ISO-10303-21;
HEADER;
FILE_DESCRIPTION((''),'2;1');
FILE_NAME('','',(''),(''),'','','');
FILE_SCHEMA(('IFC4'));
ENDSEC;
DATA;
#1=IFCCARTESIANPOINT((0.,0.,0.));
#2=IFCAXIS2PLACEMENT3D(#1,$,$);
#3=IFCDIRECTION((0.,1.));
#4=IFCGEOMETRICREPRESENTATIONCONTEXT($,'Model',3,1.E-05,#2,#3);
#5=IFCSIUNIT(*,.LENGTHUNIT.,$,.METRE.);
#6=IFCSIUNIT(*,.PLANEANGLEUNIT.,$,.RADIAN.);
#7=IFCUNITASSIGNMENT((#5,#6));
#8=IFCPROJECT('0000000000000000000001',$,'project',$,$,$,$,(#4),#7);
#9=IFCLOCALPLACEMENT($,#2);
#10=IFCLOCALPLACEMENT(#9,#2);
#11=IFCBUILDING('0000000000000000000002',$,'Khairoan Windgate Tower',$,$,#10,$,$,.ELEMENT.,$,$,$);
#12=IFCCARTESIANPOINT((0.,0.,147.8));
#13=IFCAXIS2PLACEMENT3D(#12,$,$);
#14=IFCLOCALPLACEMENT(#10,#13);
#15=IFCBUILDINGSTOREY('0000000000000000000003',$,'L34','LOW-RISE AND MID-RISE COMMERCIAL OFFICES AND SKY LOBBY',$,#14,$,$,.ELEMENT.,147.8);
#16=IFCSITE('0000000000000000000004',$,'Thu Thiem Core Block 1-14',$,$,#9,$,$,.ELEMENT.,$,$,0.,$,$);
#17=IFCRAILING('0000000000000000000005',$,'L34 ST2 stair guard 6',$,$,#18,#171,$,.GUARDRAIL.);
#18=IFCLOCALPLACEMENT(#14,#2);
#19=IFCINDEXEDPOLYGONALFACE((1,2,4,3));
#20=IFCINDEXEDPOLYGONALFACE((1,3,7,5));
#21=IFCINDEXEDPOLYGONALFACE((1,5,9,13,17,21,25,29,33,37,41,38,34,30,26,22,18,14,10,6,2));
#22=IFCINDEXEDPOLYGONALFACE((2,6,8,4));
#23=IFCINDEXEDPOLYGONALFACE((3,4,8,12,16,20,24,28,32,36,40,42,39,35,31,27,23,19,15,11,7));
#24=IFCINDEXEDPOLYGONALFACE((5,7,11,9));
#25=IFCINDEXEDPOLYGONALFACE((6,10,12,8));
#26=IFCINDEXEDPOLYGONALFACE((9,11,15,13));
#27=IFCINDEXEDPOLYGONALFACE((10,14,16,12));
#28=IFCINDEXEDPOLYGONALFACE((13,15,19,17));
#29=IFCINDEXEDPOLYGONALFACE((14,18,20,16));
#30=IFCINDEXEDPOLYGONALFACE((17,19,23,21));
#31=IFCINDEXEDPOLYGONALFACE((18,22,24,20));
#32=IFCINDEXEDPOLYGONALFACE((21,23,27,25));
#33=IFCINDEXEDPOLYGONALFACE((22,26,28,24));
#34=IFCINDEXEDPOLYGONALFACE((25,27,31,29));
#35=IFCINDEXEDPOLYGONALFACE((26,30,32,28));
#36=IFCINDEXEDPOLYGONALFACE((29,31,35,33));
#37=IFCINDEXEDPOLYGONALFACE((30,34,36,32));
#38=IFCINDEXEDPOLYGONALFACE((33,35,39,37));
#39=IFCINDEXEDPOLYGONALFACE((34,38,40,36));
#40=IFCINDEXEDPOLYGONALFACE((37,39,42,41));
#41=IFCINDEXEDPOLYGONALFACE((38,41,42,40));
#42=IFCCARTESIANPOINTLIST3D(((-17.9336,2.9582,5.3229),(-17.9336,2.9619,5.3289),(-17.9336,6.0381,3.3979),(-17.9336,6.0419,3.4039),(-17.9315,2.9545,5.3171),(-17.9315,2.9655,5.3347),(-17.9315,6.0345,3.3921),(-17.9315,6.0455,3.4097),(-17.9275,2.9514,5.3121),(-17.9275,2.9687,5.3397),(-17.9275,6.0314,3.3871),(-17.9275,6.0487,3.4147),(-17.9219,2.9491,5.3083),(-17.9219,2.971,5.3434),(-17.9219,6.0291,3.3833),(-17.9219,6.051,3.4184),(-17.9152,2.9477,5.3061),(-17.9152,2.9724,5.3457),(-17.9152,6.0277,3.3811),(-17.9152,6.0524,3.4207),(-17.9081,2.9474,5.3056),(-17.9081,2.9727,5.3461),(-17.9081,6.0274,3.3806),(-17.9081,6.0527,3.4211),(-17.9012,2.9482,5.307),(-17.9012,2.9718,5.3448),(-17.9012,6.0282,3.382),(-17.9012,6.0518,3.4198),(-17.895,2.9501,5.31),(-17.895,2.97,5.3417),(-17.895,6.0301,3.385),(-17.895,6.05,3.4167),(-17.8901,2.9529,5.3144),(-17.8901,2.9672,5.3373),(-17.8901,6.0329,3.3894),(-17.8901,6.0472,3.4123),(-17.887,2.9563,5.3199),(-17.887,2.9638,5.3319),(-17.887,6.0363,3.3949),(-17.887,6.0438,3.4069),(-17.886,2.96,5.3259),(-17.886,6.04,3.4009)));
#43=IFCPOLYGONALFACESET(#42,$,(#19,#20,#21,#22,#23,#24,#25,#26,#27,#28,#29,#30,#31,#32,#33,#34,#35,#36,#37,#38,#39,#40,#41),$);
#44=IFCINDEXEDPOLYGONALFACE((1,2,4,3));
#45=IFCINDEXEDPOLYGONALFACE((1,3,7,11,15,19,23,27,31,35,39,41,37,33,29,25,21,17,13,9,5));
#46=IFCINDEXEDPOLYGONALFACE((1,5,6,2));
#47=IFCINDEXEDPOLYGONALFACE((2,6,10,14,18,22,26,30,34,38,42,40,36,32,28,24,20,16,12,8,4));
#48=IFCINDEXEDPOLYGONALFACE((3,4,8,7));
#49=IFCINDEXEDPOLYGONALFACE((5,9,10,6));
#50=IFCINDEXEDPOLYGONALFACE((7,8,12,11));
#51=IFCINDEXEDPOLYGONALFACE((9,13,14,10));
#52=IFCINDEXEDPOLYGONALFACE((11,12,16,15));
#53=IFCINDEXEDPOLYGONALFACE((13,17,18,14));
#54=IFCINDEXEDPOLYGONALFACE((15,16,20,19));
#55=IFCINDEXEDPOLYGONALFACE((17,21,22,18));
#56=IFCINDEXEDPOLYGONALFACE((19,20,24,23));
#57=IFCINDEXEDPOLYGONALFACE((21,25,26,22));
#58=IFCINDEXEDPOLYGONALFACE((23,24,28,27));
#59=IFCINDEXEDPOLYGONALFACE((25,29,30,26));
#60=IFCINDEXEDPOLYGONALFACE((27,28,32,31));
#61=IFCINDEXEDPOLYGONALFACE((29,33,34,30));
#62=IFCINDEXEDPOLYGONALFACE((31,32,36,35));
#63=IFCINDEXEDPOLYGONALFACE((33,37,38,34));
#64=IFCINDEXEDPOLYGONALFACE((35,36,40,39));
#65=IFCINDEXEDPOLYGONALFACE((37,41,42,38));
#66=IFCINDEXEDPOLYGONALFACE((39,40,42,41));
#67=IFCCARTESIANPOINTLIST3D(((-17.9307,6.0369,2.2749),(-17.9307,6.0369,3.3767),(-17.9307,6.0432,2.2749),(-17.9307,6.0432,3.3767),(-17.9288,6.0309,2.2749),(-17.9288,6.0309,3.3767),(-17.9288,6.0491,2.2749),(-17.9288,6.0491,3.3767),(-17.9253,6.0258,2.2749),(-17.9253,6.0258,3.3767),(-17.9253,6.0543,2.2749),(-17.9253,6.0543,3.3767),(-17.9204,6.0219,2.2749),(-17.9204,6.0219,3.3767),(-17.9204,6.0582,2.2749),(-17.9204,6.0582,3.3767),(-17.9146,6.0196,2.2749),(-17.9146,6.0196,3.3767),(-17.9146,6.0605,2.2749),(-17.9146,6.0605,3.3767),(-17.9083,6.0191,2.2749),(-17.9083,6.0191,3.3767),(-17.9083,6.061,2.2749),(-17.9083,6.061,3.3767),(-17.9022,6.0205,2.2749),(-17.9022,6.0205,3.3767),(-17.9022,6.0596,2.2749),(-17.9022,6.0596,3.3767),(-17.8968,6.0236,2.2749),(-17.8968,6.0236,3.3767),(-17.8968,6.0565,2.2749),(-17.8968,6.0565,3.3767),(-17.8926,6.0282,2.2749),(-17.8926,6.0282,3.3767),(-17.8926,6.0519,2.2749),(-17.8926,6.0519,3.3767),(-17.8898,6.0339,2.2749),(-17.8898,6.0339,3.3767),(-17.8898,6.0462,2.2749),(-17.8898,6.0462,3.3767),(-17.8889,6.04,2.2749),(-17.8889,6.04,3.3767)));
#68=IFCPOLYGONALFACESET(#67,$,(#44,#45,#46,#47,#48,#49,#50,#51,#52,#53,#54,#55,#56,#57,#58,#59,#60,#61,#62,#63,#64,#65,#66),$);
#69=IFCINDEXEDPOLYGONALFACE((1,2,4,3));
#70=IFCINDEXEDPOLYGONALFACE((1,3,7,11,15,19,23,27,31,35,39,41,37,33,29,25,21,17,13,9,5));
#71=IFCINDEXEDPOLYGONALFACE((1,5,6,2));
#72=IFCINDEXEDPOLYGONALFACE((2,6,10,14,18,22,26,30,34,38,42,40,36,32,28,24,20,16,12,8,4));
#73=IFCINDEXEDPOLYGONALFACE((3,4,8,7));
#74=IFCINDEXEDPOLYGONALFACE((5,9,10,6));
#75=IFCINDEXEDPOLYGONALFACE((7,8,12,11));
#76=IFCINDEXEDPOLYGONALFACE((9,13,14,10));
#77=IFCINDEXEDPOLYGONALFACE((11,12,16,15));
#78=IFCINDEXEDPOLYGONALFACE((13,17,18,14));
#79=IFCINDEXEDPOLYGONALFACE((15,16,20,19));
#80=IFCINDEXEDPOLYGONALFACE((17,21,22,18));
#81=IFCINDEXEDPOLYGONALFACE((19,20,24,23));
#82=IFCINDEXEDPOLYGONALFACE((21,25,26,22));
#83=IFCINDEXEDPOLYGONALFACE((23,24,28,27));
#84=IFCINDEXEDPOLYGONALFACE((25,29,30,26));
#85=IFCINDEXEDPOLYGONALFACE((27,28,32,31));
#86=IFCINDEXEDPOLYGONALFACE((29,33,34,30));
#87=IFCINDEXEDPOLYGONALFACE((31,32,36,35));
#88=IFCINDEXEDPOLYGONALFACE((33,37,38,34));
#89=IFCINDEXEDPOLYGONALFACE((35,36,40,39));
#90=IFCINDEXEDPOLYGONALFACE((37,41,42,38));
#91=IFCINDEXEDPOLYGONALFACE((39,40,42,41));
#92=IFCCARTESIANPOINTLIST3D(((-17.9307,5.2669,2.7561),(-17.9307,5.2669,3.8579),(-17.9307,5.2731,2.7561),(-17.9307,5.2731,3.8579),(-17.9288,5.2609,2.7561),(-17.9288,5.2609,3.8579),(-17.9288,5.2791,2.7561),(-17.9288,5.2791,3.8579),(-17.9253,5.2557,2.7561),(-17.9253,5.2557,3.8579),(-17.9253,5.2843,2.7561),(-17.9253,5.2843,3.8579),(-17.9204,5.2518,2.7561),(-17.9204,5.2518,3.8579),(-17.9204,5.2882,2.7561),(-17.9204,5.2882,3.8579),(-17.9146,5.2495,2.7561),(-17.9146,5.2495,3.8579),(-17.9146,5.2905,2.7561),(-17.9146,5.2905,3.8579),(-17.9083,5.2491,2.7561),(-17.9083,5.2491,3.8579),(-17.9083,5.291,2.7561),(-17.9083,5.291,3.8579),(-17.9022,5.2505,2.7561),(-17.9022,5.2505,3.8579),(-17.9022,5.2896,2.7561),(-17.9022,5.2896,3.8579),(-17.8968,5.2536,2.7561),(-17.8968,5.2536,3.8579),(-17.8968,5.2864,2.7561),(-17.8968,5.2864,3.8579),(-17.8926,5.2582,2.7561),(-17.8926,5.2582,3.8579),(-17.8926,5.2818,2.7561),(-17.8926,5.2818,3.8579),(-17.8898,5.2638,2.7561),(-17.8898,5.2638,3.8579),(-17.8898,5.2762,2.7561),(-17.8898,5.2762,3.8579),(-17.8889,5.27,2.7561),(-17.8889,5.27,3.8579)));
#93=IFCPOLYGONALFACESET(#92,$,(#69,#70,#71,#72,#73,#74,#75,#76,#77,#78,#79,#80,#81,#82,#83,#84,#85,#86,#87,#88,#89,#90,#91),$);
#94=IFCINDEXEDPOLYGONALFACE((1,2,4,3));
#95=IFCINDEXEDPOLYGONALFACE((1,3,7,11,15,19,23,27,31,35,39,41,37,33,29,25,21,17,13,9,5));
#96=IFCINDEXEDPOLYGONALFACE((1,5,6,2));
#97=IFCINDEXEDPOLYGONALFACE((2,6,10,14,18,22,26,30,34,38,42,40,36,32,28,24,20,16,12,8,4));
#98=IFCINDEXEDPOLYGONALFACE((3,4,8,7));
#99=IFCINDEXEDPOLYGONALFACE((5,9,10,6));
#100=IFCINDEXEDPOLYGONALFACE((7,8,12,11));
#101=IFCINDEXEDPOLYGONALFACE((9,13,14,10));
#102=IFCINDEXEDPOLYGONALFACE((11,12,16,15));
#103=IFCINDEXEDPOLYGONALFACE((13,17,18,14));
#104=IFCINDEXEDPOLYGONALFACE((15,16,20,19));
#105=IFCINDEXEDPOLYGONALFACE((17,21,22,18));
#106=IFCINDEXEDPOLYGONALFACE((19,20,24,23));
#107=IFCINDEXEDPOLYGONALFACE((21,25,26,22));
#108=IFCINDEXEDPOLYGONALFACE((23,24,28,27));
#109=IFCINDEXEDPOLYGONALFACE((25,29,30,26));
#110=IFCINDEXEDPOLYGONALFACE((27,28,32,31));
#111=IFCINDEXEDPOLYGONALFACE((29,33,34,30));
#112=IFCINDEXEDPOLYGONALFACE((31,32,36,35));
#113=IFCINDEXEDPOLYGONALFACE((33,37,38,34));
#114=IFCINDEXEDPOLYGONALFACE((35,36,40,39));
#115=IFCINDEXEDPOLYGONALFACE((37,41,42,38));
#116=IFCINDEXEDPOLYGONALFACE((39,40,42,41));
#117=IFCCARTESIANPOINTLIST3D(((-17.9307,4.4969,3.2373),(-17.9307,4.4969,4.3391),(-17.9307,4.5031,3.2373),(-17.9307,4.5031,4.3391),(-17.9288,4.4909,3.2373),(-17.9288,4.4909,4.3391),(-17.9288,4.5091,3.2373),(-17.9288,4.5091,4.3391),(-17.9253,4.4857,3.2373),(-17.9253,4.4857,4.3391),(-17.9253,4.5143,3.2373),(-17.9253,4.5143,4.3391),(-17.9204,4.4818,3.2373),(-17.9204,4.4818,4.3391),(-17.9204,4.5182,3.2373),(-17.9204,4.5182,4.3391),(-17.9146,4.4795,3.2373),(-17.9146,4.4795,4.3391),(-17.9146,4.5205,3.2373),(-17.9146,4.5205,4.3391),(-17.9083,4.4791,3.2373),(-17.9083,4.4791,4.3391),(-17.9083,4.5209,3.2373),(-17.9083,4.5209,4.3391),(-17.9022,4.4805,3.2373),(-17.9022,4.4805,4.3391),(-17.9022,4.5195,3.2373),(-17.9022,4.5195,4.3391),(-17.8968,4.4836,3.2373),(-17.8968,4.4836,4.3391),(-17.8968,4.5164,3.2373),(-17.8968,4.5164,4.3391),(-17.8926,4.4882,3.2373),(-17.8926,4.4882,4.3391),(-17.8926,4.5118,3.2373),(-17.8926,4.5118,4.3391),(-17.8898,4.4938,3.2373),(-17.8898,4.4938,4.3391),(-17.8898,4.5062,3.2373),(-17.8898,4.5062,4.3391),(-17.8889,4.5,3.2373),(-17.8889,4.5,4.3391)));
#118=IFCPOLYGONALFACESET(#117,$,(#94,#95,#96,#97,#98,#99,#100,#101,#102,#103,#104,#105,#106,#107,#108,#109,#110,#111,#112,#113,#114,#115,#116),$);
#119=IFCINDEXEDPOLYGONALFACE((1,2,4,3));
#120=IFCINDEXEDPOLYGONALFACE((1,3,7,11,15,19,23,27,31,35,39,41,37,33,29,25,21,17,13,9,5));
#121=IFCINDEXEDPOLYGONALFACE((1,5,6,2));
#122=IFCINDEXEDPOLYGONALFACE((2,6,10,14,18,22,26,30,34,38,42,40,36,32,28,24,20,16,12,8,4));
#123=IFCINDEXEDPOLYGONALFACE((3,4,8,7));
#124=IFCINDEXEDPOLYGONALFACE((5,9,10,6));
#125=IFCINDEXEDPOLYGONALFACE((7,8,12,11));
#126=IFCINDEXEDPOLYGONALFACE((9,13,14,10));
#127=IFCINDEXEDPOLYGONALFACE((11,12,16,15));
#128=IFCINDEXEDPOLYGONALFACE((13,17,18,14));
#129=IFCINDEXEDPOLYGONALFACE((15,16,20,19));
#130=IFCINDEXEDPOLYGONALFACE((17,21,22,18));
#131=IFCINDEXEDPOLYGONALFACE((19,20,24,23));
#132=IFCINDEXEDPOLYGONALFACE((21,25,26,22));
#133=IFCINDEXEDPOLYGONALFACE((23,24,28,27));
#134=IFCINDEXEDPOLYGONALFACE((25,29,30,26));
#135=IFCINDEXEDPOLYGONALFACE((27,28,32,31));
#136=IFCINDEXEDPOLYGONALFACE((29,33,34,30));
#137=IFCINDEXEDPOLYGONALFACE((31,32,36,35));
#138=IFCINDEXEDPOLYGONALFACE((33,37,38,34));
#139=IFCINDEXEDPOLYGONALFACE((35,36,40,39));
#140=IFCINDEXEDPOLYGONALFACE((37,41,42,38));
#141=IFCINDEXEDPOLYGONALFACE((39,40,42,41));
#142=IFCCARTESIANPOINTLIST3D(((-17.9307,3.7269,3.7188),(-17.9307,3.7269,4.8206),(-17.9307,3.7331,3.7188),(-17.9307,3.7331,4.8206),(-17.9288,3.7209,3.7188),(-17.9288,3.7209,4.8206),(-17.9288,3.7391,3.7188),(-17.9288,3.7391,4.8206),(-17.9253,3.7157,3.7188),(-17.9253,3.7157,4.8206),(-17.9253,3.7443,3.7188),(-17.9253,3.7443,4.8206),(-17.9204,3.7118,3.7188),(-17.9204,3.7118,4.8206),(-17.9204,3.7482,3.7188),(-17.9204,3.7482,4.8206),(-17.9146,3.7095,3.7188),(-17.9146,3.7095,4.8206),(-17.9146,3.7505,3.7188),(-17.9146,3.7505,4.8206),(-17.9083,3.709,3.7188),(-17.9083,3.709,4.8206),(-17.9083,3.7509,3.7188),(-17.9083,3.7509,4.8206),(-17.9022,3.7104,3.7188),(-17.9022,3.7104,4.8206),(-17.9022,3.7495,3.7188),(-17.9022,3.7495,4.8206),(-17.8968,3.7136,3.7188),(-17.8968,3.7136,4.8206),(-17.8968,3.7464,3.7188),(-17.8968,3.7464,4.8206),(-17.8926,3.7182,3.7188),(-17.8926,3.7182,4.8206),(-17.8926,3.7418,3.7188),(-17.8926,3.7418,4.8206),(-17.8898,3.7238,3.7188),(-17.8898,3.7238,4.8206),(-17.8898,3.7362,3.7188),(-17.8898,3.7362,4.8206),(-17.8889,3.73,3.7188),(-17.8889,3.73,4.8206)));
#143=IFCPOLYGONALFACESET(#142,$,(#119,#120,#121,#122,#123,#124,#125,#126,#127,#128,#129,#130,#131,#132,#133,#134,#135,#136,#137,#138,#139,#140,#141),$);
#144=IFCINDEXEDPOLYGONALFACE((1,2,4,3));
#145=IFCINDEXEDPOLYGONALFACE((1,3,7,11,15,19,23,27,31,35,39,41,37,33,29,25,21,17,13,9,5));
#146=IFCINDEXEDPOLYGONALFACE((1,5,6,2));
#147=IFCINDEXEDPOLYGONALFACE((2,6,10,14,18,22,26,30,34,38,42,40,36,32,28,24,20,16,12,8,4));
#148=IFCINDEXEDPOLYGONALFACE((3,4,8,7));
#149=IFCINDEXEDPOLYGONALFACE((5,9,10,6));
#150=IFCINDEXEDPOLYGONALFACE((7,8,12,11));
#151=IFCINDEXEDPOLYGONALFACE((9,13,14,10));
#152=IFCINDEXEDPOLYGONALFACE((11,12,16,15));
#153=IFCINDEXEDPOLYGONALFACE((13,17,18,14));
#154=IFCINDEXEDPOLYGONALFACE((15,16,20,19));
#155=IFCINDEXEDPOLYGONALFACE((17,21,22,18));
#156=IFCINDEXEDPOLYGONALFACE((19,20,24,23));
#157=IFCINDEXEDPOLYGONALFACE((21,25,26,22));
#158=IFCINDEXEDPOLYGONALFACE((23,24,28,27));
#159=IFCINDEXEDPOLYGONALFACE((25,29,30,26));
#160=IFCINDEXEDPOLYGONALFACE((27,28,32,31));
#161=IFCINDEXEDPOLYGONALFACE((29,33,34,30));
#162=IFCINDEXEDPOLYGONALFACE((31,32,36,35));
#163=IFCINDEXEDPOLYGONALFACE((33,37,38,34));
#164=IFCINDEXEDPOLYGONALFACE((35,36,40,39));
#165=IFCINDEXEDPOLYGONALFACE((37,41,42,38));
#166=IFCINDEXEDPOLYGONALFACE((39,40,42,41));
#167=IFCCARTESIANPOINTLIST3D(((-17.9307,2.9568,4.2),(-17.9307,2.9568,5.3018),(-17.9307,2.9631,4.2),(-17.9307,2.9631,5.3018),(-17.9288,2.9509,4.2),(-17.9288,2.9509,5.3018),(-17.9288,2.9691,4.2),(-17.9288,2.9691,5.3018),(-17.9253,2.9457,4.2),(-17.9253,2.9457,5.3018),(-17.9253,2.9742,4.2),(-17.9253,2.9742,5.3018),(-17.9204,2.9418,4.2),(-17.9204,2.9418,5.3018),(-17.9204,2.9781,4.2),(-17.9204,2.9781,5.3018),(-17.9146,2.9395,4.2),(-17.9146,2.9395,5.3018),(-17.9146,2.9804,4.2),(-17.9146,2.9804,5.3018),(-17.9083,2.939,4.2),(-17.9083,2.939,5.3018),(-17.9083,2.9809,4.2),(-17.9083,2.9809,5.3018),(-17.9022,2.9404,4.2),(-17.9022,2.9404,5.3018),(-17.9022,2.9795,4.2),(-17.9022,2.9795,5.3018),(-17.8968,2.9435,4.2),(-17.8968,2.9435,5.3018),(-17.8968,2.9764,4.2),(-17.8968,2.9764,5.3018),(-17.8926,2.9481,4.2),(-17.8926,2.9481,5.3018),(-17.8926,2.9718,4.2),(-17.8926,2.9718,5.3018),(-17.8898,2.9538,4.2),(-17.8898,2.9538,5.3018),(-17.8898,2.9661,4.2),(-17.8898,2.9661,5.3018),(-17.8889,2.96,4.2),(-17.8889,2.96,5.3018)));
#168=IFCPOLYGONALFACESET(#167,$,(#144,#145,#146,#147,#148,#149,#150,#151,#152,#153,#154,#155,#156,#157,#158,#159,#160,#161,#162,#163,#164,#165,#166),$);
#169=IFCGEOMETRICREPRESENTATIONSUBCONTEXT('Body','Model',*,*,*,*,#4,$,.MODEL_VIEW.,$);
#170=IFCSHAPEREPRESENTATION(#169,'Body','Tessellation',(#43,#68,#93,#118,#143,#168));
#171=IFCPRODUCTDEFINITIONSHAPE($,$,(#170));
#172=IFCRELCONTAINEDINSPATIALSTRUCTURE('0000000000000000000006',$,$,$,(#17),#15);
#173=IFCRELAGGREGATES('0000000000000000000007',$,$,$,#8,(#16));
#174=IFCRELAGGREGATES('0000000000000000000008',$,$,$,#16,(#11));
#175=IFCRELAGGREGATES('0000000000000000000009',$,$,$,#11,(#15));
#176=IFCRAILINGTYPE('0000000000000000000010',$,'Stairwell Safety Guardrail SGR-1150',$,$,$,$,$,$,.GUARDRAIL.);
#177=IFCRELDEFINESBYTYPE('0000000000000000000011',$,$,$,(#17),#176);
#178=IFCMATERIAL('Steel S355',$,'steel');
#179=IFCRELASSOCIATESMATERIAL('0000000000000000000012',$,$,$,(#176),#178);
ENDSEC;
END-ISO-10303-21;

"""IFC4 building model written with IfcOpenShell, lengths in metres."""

from ifc_helpers import new_model, si_unit, direction, frame, origin, origin_2d, place, context, subcontext, project, spatial, circle, extrude, material, type_object, element, save


model = new_model("IFC4")

# Units and contexts
model_context = context("Model", 3, precision=1e-05, world=origin(), true_north=direction((0.0, 1.0)))
body_context = subcontext(model_context, "Body", "Model", "MODEL_VIEW")
ifc_project = project(units=[si_unit("LENGTHUNIT", "METRE"), si_unit("PLANEANGLEUNIT", "RADIAN")], contexts=[model_context])

# Site, building, storey
site_placement = place(None, origin())
site = spatial("IfcSite", under=ifc_project, at=site_placement, Name="Thu Thiem Core Block 1-14", CompositionType="ELEMENT", RefElevation=0.0)
building_placement = place(site_placement, origin())
building = spatial("IfcBuilding", under=site, at=building_placement, Name="Khairoan Windgate Tower", CompositionType="ELEMENT")
storey_placement = place(building_placement, frame((0.0, 0.0, 147.8)))
storey = spatial("IfcBuildingStorey", under=building, at=storey_placement, Name="L34", Description="LOW-RISE AND MID-RISE COMMERCIAL OFFICES AND SKY LOBBY", CompositionType="ELEMENT", Elevation=147.8)

# Railing
ifc_material_1 = material(Name="Steel S355", Category="steel")
railing_type_1 = type_object("IfcRailingType", Name="Stairwell Safety Guardrail SGR-1150", PredefinedType="GUARDRAIL", material=ifc_material_1)
railing_1_placement = place(storey_placement, frame((-17.9099, 6.04, 2.2749)))
element("IfcRailing", 1, at=railing_1_placement, inside=storey, type_object=railing_type_1, Name="L34 ST2 stair guard 6", PredefinedType="GUARDRAIL", context=body_context, shape_type="SweptSolid", body=[
    extrude(circle(Radius=0.0239, at=origin_2d()), frame((0.0, 0.0, 1.126), z_axis=(0.0, -0.847998, 0.529999), x_axis=(1.0, 0.0, 0.0)), (0.0, 0.0, 1.0), 3.6321),
    extrude(circle(Radius=0.021, at=origin_2d()), origin(), (0.0, 0.0, 1.0), 1.1018),
    extrude(circle(Radius=0.021, at=origin_2d()), frame((0.0, -0.77, 0.4812)), (0.0, 0.0, 1.0), 1.1018),
    extrude(circle(Radius=0.021, at=origin_2d()), frame((0.0, -1.54, 0.9624)), (0.0, 0.0, 1.0), 1.1018),
    extrude(circle(Radius=0.021, at=origin_2d()), frame((0.0, -2.3101, 1.4438)), (0.0, 0.0, 1.0), 1.1018),
    extrude(circle(Radius=0.021, at=origin_2d()), frame((0.0, -3.0801, 1.925)), (0.0, 0.0, 1.0), 1.1018),
])

save(model, "model.ifc")
